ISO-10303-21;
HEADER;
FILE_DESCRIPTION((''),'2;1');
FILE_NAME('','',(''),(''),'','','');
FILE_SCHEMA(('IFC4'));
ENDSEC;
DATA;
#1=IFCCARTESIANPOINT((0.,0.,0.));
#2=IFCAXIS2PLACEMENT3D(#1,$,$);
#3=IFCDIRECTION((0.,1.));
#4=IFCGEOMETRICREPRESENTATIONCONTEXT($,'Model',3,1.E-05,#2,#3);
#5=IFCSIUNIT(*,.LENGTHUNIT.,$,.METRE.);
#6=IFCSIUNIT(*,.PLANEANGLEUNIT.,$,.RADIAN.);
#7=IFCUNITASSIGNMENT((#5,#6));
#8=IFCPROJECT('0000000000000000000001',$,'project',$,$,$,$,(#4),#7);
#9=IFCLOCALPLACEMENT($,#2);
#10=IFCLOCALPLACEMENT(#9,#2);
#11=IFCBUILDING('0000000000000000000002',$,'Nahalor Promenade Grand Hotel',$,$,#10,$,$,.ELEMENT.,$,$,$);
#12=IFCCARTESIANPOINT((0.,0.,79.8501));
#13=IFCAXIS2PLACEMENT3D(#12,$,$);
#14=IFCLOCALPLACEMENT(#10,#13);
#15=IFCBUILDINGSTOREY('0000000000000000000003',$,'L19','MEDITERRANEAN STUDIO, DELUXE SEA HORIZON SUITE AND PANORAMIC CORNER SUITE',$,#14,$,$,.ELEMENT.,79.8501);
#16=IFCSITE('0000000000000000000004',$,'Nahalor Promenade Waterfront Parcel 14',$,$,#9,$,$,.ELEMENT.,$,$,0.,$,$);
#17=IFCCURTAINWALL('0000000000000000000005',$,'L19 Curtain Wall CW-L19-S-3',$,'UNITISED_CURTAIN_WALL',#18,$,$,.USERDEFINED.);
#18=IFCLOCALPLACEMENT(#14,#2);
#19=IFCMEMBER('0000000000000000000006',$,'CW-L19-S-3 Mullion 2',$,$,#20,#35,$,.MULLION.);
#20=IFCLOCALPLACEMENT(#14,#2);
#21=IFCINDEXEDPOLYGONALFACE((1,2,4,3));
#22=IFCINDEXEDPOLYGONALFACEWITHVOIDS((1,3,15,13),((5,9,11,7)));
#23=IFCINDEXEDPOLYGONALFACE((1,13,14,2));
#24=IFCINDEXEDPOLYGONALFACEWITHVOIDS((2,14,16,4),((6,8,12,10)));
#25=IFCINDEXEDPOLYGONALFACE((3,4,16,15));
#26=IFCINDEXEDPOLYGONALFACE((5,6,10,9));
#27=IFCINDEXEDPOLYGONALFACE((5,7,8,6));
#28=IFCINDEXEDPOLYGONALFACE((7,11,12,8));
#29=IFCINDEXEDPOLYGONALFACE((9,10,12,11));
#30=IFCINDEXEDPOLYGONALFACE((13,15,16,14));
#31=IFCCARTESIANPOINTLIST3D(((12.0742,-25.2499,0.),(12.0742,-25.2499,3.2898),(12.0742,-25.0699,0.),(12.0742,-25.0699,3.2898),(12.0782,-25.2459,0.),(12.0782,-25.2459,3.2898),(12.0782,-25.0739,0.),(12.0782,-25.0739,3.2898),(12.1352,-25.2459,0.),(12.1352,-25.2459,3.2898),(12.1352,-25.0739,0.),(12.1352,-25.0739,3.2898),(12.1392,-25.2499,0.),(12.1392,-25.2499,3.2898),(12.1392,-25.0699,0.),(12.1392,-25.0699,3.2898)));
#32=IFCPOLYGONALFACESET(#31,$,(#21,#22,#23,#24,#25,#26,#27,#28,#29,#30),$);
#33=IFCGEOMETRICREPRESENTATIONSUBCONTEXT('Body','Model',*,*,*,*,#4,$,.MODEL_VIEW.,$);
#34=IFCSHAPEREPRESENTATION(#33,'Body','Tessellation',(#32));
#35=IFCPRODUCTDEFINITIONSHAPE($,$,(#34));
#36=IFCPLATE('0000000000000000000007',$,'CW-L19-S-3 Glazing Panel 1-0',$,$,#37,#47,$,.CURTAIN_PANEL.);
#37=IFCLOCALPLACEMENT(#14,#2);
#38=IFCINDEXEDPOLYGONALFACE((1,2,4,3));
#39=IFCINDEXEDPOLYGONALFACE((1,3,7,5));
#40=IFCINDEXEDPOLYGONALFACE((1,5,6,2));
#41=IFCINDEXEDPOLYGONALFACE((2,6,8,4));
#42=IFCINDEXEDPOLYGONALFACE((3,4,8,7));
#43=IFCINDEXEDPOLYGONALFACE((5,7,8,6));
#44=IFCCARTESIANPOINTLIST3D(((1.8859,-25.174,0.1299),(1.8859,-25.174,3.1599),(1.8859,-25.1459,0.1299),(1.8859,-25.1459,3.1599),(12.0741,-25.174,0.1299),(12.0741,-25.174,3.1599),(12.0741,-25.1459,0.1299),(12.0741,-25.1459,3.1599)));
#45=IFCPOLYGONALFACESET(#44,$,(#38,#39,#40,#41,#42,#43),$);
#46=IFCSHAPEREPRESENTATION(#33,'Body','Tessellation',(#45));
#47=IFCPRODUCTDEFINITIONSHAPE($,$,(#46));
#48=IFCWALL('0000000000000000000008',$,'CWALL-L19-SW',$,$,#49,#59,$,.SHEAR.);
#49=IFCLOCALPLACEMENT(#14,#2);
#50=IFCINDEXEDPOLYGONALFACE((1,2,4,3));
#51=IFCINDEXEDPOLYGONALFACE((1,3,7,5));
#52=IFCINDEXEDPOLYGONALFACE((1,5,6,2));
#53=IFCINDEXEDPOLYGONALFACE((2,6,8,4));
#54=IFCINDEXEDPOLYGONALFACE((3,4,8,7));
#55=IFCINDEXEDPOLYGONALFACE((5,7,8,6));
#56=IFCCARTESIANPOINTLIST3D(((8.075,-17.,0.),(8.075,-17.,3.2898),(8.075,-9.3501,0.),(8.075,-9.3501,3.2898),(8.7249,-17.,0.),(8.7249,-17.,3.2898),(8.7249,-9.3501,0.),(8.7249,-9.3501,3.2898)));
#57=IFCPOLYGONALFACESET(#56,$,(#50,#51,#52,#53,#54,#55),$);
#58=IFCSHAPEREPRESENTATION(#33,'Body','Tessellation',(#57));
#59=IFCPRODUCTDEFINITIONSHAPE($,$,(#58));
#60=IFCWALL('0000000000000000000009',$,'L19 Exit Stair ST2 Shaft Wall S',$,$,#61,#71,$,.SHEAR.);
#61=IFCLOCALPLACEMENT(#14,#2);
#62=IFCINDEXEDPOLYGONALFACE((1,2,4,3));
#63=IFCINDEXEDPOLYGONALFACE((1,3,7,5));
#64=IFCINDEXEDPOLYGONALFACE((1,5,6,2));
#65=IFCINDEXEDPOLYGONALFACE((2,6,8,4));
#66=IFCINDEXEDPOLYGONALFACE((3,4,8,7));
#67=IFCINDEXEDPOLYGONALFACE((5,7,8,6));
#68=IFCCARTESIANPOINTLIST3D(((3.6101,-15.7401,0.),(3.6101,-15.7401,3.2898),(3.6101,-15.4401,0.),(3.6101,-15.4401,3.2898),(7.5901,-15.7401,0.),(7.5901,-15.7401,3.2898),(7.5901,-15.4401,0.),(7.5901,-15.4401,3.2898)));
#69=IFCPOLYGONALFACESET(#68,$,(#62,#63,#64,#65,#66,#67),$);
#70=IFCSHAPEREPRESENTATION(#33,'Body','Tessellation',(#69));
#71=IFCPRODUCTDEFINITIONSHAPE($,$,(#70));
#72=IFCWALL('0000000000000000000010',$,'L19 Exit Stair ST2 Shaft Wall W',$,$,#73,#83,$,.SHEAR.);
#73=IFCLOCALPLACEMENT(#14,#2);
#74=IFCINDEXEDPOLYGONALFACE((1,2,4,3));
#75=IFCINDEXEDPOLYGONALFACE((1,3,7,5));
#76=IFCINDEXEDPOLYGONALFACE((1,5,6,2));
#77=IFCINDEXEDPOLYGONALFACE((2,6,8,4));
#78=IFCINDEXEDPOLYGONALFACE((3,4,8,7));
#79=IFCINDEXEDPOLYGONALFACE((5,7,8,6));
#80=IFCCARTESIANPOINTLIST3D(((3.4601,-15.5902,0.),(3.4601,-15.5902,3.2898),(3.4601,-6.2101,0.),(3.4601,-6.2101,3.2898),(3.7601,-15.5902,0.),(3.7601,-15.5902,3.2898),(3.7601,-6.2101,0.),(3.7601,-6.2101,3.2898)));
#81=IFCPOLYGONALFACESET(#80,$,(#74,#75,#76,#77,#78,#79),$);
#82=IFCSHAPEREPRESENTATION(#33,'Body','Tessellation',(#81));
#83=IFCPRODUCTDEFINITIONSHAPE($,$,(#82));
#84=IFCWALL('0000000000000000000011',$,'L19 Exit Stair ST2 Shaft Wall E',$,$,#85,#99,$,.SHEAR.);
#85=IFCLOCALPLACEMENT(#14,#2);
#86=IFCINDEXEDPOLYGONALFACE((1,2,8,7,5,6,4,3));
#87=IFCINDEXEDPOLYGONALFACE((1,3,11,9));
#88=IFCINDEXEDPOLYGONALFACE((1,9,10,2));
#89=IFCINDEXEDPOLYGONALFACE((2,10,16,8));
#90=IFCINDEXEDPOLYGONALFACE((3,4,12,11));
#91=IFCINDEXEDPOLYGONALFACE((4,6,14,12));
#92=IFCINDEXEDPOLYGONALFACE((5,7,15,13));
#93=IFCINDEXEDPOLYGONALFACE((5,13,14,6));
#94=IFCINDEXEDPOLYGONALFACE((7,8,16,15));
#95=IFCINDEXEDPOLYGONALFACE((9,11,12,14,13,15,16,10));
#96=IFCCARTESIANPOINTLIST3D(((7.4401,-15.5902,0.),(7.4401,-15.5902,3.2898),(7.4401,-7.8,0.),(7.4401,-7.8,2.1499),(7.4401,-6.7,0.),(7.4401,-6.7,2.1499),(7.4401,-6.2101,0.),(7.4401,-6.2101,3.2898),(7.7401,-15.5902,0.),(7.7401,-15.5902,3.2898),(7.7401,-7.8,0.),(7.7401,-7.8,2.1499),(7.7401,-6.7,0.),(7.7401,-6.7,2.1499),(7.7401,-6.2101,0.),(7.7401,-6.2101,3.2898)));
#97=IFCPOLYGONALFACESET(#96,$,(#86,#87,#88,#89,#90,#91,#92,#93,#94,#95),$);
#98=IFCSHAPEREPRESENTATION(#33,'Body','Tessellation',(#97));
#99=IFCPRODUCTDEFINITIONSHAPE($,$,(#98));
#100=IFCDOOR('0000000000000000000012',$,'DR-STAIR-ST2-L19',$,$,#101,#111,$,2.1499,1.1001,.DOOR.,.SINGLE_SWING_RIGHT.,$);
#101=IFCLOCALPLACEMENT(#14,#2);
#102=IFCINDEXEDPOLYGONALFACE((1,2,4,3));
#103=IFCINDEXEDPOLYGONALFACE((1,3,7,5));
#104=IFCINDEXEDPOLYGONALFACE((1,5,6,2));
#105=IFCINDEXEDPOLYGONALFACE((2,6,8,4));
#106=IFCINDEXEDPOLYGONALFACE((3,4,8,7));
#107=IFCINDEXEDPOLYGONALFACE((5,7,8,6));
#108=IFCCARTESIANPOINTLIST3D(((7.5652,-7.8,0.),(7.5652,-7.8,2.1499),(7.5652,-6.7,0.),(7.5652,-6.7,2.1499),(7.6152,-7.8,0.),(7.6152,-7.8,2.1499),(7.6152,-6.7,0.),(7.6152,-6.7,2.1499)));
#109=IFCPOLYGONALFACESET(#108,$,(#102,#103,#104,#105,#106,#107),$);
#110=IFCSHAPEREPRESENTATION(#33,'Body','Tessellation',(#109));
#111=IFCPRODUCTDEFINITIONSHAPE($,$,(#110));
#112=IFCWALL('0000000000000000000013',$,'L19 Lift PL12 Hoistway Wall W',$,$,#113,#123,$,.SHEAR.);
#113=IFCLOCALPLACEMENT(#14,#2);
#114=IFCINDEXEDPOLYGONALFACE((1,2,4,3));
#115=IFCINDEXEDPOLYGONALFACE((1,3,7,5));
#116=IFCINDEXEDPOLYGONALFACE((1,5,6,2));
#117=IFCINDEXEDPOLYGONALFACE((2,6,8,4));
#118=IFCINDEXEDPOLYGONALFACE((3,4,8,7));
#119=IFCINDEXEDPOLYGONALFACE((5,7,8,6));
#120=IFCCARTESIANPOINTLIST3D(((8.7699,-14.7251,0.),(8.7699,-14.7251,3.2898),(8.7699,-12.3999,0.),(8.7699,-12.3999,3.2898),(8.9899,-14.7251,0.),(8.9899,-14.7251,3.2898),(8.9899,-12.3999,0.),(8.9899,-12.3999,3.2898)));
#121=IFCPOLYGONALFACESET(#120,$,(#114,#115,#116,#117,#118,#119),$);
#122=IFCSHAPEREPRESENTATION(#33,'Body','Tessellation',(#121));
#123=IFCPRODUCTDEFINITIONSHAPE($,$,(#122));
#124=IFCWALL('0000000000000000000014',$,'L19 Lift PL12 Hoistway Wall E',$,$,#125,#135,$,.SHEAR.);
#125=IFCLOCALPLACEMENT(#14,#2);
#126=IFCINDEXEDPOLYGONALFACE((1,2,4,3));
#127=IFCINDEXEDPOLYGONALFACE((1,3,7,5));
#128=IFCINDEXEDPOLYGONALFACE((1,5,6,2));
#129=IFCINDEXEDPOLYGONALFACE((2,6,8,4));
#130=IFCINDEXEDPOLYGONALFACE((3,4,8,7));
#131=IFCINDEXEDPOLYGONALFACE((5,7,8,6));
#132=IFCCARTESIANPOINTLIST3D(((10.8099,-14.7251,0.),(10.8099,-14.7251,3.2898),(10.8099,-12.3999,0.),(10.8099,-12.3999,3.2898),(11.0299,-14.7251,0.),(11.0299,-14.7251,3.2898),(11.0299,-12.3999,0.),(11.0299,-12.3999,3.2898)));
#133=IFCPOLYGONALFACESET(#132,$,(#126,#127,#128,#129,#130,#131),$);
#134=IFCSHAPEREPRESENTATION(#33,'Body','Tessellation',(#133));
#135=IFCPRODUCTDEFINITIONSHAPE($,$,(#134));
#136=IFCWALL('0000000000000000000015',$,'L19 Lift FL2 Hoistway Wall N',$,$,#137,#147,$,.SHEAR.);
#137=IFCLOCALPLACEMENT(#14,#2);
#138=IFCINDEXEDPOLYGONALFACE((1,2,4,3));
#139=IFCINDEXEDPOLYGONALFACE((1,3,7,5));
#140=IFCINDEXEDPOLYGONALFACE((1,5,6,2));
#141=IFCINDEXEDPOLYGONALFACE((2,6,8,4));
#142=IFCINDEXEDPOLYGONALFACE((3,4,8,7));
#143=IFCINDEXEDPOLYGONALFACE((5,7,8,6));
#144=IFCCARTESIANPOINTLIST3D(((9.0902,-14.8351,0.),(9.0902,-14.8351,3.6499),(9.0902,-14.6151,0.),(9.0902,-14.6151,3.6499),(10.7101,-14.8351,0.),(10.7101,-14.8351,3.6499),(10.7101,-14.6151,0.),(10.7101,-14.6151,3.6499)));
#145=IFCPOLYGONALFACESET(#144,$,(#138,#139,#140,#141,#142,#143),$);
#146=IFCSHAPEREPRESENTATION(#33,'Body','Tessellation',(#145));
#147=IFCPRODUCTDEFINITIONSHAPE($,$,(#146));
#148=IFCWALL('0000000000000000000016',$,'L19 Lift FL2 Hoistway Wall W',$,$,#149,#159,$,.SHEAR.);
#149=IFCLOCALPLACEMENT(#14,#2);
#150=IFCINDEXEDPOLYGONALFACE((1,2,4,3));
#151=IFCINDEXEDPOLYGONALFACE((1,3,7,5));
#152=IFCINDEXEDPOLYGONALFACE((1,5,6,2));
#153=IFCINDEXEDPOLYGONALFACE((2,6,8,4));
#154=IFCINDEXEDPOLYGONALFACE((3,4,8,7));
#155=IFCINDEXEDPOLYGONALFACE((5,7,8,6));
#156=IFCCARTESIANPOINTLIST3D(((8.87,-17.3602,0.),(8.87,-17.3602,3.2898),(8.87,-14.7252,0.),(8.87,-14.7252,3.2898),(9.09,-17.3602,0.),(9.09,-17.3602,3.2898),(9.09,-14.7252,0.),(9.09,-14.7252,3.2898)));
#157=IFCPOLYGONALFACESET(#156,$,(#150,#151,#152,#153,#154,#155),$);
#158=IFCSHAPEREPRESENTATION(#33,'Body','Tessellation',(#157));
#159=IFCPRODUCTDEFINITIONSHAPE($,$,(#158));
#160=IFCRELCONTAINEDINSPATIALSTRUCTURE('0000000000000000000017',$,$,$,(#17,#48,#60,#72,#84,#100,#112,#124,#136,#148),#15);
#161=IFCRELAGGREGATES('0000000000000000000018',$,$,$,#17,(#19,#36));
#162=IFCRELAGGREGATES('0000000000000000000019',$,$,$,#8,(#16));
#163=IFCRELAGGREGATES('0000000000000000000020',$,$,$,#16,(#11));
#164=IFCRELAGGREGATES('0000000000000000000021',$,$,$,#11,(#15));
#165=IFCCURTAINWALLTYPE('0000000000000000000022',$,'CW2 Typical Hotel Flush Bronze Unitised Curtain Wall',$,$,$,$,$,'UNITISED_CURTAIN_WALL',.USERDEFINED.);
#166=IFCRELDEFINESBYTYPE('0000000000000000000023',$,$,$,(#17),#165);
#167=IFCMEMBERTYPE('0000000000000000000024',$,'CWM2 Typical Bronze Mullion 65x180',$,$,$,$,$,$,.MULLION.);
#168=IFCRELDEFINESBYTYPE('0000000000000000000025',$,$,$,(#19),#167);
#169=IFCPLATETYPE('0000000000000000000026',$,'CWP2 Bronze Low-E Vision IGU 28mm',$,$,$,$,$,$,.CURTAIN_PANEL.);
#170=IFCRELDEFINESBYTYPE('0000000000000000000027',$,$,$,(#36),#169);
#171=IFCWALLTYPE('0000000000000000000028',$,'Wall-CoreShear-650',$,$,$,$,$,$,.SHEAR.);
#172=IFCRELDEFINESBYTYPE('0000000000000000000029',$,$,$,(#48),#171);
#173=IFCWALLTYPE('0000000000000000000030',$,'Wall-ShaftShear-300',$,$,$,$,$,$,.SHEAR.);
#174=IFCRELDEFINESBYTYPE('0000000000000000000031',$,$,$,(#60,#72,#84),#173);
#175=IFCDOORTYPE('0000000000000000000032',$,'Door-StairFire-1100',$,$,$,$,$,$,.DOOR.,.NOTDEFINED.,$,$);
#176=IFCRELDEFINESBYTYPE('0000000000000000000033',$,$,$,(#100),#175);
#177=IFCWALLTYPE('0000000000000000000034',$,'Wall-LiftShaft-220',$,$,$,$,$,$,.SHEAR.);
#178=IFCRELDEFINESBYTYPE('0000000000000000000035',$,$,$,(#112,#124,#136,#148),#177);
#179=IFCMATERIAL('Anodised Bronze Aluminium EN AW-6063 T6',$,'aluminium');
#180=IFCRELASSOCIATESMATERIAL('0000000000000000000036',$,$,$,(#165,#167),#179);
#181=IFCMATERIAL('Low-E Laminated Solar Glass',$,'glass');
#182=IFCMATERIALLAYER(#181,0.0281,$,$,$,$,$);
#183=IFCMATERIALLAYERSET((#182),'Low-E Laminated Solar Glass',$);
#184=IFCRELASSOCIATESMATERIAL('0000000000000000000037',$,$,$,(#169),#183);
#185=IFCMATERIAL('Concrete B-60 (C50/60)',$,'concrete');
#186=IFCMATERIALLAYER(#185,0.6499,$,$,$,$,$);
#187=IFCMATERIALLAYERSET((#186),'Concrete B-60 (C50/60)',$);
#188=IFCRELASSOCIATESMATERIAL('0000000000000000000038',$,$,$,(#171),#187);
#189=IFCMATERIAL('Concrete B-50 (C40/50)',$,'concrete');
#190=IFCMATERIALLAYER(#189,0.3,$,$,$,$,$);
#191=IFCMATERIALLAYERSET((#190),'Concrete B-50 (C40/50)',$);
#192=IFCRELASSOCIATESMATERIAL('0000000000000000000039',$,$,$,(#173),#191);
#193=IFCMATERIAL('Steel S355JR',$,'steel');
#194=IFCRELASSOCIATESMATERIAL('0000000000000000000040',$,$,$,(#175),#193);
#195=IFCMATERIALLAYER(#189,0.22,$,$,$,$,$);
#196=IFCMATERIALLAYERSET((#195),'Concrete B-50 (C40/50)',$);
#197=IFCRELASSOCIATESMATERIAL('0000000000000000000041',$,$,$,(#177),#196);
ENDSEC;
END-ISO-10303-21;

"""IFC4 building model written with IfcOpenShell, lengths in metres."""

from ifc_helpers import new_model, si_unit, direction, frame, frame_2d, origin, origin_2d, place, context, subcontext, project, spatial, rectangle, hollow_rectangle, extrude, source, transform, mapped, material, layer, layer_set, material_profile, profile_set, type_object, element, fill, aggregate, save


model = new_model("IFC4")

# Units and contexts
model_context = context("Model", 3, precision=1e-05, world=origin(), true_north=direction((0.0, 1.0)))
body_context = subcontext(model_context, "Body", "Model", "MODEL_VIEW")
ifc_project = project(units=[si_unit("LENGTHUNIT", "METRE"), si_unit("PLANEANGLEUNIT", "RADIAN")], contexts=[model_context])

# Site, building, storey
site_placement = place(None, origin())
site = spatial("IfcSite", under=ifc_project, at=site_placement, Name="Nahalor Promenade Waterfront Parcel 14", CompositionType="ELEMENT", RefElevation=0.0)
building_placement = place(site_placement, origin())
building = spatial("IfcBuilding", under=site, at=building_placement, Name="Nahalor Promenade Grand Hotel", CompositionType="ELEMENT")
storey_placement = place(building_placement, frame((0.0, 0.0, 79.8501)))
storey = spatial("IfcBuildingStorey", under=building, at=storey_placement, Name="L19", Description="MEDITERRANEAN STUDIO, DELUXE SEA HORIZON SUITE AND PANORAMIC CORNER SUITE", CompositionType="ELEMENT", Elevation=79.8501)

# Shared definitions
ifc_material_1 = material(Name="Steel S355JR", Category="steel")

# Curtain wall, member, plate
ifc_material_2 = material(Name="Anodised Bronze Aluminium EN AW-6063 T6", Category="aluminium")
curtain_wall_type = type_object("IfcCurtainWallType", Name="CW2 Typical Hotel Flush Bronze Unitised Curtain Wall", ElementType="UNITISED_CURTAIN_WALL", PredefinedType="USERDEFINED", material=ifc_material_2)
curtain_wall_placement = place(storey_placement, origin())
curtain_wall = element("IfcCurtainWall", 1, at=curtain_wall_placement, inside=storey, type_object=curtain_wall_type, Name="L19 Curtain Wall CW-L19-S-3", ObjectType="UNITISED_CURTAIN_WALL", PredefinedType="USERDEFINED")
ifc_material_profile_1 = material_profile(ifc_material_2, hollow_rectangle(XDim=0.065, YDim=0.18, WallThickness=0.004, at=origin_2d()), Name="CWM 65x180x4")
ifc_profile_set_1 = profile_set([ifc_material_profile_1], Name="Anodised Bronze Aluminium EN AW-6063 T6")
member_type_1 = type_object("IfcMemberType", Name="CWM2 Typical Bronze Mullion 65x180", PredefinedType="MULLION", material=ifc_profile_set_1)
shared_shape_1 = source(origin(), body_context, "Body", "SweptSolid", [
    extrude(hollow_rectangle(XDim=0.065, YDim=0.18, WallThickness=0.004, at=origin_2d()), origin(), (0.0, 0.0, 1.0), 3.2898),
])
member_1_placement = place(storey_placement, frame((12.1067, -25.1599, 0.0), z_axis=(0.0, 0.0, 1.0), x_axis=(1.0, 0.0, 0.0)))
member_1 = element("IfcMember", 2, at=member_1_placement, type_object=member_type_1, Name="CW-L19-S-3 Mullion 2", PredefinedType="MULLION", context=body_context, shape_type="MappedRepresentation", body=[
    mapped(shared_shape_1, transform((0.0, 0.0, 0.0), scale=1.0)),
])
ifc_material_3 = material(Name="Low-E Laminated Solar Glass", Category="glass")
ifc_layer_1 = layer(ifc_material_3, 0.0281)
ifc_layer_set_1 = layer_set([ifc_layer_1], Name="Low-E Laminated Solar Glass")
plate_type = type_object("IfcPlateType", Name="CWP2 Bronze Low-E Vision IGU 28mm", PredefinedType="CURTAIN_PANEL", material=ifc_layer_set_1)
shared_shape_2 = source(origin(), body_context, "Body", "SweptSolid", [
    extrude(rectangle(XDim=10.1882, YDim=0.0281, at=origin_2d()), origin(), (0.0, 0.0, 1.0), 3.03),
])
plate_placement = place(storey_placement, frame((6.98, -25.1599, 0.1299), z_axis=(0.0, 0.0, 1.0), x_axis=(1.0, 0.0, 0.0)))
plate = element("IfcPlate", 3, at=plate_placement, type_object=plate_type, Name="CW-L19-S-3 Glazing Panel 1-0", PredefinedType="CURTAIN_PANEL", context=body_context, shape_type="MappedRepresentation", body=[
    mapped(shared_shape_2, transform((0.0, 0.0, 0.0), scale=1.0)),
])
aggregate(curtain_wall, [member_1, plate])

# Walls
ifc_material_4 = material(Name="Concrete B-60 (C50/60)", Category="concrete")
ifc_layer_2 = layer(ifc_material_4, 0.6499)
ifc_layer_set_2 = layer_set([ifc_layer_2], Name="Concrete B-60 (C50/60)")
wall_type_1 = type_object("IfcWallType", Name="Wall-CoreShear-650", PredefinedType="SHEAR", material=ifc_layer_set_2)
shared_shape_3 = source(origin(), body_context, "Body", "SweptSolid", [
    extrude(rectangle(XDim=7.6499, YDim=0.6499, at=frame_2d((3.825, 0.0))), origin(), (0.0, 0.0, 1.0), 3.2898),
])
wall_1_placement = place(storey_placement, frame((8.3999, -17.0, 0.0), z_axis=(0.0, 0.0, 1.0), x_axis=(0.0, 1.0, 0.0)))
element("IfcWall", 4, at=wall_1_placement, inside=storey, type_object=wall_type_1, Name="CWALL-L19-SW", PredefinedType="SHEAR", context=body_context, shape_type="MappedRepresentation", body=[
    mapped(shared_shape_3, transform((0.0, 0.0, 0.0), scale=1.0)),
])
ifc_material_5 = material(Name="Concrete B-50 (C40/50)", Category="concrete")
ifc_layer_3 = layer(ifc_material_5, 0.3)
ifc_layer_set_3 = layer_set([ifc_layer_3], Name="Concrete B-50 (C40/50)")
wall_type_2 = type_object("IfcWallType", Name="Wall-ShaftShear-300", PredefinedType="SHEAR", material=ifc_layer_set_3)
shared_shape_4 = source(origin(), body_context, "Body", "SweptSolid", [
    extrude(rectangle(XDim=3.98, YDim=0.3, at=frame_2d((1.99, 0.0))), origin(), (0.0, 0.0, 1.0), 3.2898),
])
wall_2_placement = place(storey_placement, frame((3.6101, -15.5901, 0.0), z_axis=(0.0, 0.0, 1.0), x_axis=(1.0, 0.0, 0.0)))
element("IfcWall", 5, at=wall_2_placement, inside=storey, type_object=wall_type_2, Name="L19 Exit Stair ST2 Shaft Wall S", PredefinedType="SHEAR", context=body_context, shape_type="MappedRepresentation", body=[
    mapped(shared_shape_4, transform((0.0, 0.0, 0.0), scale=1.0)),
])
shared_shape_5 = source(origin(), body_context, "Body", "SweptSolid", [
    extrude(rectangle(XDim=9.3801, YDim=0.3, at=frame_2d((4.6899, 0.0))), origin(), (0.0, 0.0, 1.0), 3.2898),
])
wall_3_placement = place(storey_placement, frame((3.6101, -15.5901, 0.0), z_axis=(0.0, 0.0, 1.0), x_axis=(0.0, 1.0, 0.0)))
element("IfcWall", 6, at=wall_3_placement, inside=storey, type_object=wall_type_2, Name="L19 Exit Stair ST2 Shaft Wall W", PredefinedType="SHEAR", context=body_context, shape_type="MappedRepresentation", body=[
    mapped(shared_shape_5, transform((0.0, 0.0, 0.0), scale=1.0)),
])

# Wall, opening, door
wall_4_placement = place(storey_placement, frame((7.5901, -15.5901, 0.0), z_axis=(0.0, 0.0, 1.0), x_axis=(0.0, 1.0, 0.0)))
wall_4 = element("IfcWall", 7, at=wall_4_placement, inside=storey, type_object=wall_type_2, Name="L19 Exit Stair ST2 Shaft Wall E", PredefinedType="SHEAR", context=body_context, shape_type="MappedRepresentation", body=[
    mapped(shared_shape_5, transform((0.0, 0.0, 0.0), scale=1.0)),
])
opening_1_placement = place(wall_4_placement, frame((7.79, 0.0, 0.0)))
opening_1 = element("IfcOpeningElement", 8, at=opening_1_placement, cuts=wall_4, PredefinedType="OPENING", context=body_context, shape_type="SweptSolid", body=[
    extrude(rectangle(XDim=1.1001, YDim=2.1499, at=frame_2d((0.55, 1.075))), frame((0.0, 0.1599, 0.0), z_axis=(0.0, -1.0, 0.0), x_axis=(1.0, 0.0, 0.0)), (0.0, 0.0, 1.0), 0.3201),
])
door_type_1 = type_object("IfcDoorType", Name="Door-StairFire-1100", OperationType="NOTDEFINED", PredefinedType="DOOR", material=ifc_material_1)
shared_shape_6 = source(origin(), body_context, "Body", "SweptSolid", [
    extrude(rectangle(XDim=1.1001, YDim=2.1499, at=frame_2d((0.55, 1.075))), frame((0.0, 0.0249, 0.0), z_axis=(0.0, -1.0, 0.0), x_axis=(1.0, 0.0, 0.0)), (0.0, 0.0, 1.0), 0.05),
])
door_1_placement = place(opening_1_placement, origin())
door_1 = element("IfcDoor", 9, at=door_1_placement, inside=storey, type_object=door_type_1, Name="DR-STAIR-ST2-L19", OperationType="SINGLE_SWING_RIGHT", OverallHeight=2.1499, OverallWidth=1.1001, PredefinedType="DOOR", context=body_context, shape_type="MappedRepresentation", body=[
    mapped(shared_shape_6, transform((0.0, 0.0, 0.0), scale=1.0)),
])
fill(opening_1, door_1)

# Walls
ifc_layer_4 = layer(ifc_material_5, 0.22)
ifc_layer_set_4 = layer_set([ifc_layer_4], Name="Concrete B-50 (C40/50)")
wall_type_3 = type_object("IfcWallType", Name="Wall-LiftShaft-220", PredefinedType="SHEAR", material=ifc_layer_set_4)
shared_shape_7 = source(origin(), body_context, "Body", "SweptSolid", [
    extrude(rectangle(XDim=2.3252, YDim=0.22, at=frame_2d((1.1626, 0.0))), origin(), (0.0, 0.0, 1.0), 3.2898),
])
for number, where, z_axis, x_axis, name in (
    (10, (8.8799, -14.7251, 0.0), (0.0, 0.0, 1.0), (0.0, 1.0, 0.0), "L19 Lift PL12 Hoistway Wall W"),
    (11, (10.9199, -14.7251, 0.0), (0.0, 0.0, 1.0), (0.0, 1.0, 0.0), "L19 Lift PL12 Hoistway Wall E"),
):
    element("IfcWall", number, at=place(storey_placement, frame(where, z_axis=z_axis, x_axis=x_axis)), inside=storey, type_object=wall_type_3, Name=name, PredefinedType="SHEAR", context=body_context, shape_type="MappedRepresentation", body=[
        mapped(shared_shape_7, transform((0.0, 0.0, 0.0), scale=1.0)),
    ])
shared_shape_8 = source(origin(), body_context, "Body", "SweptSolid", [
    extrude(rectangle(XDim=1.6199, YDim=0.22, at=frame_2d((0.8101, 0.0))), origin(), (0.0, 0.0, 1.0), 3.6499),
])
wall_5_placement = place(storey_placement, frame((9.0901, -14.7251, 0.0), z_axis=(0.0, 0.0, 1.0), x_axis=(1.0, 0.0, 0.0)))
element("IfcWall", 12, at=wall_5_placement, inside=storey, type_object=wall_type_3, Name="L19 Lift FL2 Hoistway Wall N", PredefinedType="SHEAR", context=body_context, shape_type="MappedRepresentation", body=[
    mapped(shared_shape_8, transform((0.0, 0.0, 0.0), scale=1.0)),
])
shared_shape_9 = source(origin(), body_context, "Body", "SweptSolid", [
    extrude(rectangle(XDim=2.635, YDim=0.22, at=frame_2d((1.3174, 0.0))), origin(), (0.0, 0.0, 1.0), 3.2898),
])
wall_6_placement = place(storey_placement, frame((8.98, -17.3601, 0.0), z_axis=(0.0, 0.0, 1.0), x_axis=(0.0, 1.0, 0.0)))
element("IfcWall", 13, at=wall_6_placement, inside=storey, type_object=wall_type_3, Name="L19 Lift FL2 Hoistway Wall W", PredefinedType="SHEAR", context=body_context, shape_type="MappedRepresentation", body=[
    mapped(shared_shape_9, transform((0.0, 0.0, 0.0), scale=1.0)),
])

save(model, "model.ifc")
